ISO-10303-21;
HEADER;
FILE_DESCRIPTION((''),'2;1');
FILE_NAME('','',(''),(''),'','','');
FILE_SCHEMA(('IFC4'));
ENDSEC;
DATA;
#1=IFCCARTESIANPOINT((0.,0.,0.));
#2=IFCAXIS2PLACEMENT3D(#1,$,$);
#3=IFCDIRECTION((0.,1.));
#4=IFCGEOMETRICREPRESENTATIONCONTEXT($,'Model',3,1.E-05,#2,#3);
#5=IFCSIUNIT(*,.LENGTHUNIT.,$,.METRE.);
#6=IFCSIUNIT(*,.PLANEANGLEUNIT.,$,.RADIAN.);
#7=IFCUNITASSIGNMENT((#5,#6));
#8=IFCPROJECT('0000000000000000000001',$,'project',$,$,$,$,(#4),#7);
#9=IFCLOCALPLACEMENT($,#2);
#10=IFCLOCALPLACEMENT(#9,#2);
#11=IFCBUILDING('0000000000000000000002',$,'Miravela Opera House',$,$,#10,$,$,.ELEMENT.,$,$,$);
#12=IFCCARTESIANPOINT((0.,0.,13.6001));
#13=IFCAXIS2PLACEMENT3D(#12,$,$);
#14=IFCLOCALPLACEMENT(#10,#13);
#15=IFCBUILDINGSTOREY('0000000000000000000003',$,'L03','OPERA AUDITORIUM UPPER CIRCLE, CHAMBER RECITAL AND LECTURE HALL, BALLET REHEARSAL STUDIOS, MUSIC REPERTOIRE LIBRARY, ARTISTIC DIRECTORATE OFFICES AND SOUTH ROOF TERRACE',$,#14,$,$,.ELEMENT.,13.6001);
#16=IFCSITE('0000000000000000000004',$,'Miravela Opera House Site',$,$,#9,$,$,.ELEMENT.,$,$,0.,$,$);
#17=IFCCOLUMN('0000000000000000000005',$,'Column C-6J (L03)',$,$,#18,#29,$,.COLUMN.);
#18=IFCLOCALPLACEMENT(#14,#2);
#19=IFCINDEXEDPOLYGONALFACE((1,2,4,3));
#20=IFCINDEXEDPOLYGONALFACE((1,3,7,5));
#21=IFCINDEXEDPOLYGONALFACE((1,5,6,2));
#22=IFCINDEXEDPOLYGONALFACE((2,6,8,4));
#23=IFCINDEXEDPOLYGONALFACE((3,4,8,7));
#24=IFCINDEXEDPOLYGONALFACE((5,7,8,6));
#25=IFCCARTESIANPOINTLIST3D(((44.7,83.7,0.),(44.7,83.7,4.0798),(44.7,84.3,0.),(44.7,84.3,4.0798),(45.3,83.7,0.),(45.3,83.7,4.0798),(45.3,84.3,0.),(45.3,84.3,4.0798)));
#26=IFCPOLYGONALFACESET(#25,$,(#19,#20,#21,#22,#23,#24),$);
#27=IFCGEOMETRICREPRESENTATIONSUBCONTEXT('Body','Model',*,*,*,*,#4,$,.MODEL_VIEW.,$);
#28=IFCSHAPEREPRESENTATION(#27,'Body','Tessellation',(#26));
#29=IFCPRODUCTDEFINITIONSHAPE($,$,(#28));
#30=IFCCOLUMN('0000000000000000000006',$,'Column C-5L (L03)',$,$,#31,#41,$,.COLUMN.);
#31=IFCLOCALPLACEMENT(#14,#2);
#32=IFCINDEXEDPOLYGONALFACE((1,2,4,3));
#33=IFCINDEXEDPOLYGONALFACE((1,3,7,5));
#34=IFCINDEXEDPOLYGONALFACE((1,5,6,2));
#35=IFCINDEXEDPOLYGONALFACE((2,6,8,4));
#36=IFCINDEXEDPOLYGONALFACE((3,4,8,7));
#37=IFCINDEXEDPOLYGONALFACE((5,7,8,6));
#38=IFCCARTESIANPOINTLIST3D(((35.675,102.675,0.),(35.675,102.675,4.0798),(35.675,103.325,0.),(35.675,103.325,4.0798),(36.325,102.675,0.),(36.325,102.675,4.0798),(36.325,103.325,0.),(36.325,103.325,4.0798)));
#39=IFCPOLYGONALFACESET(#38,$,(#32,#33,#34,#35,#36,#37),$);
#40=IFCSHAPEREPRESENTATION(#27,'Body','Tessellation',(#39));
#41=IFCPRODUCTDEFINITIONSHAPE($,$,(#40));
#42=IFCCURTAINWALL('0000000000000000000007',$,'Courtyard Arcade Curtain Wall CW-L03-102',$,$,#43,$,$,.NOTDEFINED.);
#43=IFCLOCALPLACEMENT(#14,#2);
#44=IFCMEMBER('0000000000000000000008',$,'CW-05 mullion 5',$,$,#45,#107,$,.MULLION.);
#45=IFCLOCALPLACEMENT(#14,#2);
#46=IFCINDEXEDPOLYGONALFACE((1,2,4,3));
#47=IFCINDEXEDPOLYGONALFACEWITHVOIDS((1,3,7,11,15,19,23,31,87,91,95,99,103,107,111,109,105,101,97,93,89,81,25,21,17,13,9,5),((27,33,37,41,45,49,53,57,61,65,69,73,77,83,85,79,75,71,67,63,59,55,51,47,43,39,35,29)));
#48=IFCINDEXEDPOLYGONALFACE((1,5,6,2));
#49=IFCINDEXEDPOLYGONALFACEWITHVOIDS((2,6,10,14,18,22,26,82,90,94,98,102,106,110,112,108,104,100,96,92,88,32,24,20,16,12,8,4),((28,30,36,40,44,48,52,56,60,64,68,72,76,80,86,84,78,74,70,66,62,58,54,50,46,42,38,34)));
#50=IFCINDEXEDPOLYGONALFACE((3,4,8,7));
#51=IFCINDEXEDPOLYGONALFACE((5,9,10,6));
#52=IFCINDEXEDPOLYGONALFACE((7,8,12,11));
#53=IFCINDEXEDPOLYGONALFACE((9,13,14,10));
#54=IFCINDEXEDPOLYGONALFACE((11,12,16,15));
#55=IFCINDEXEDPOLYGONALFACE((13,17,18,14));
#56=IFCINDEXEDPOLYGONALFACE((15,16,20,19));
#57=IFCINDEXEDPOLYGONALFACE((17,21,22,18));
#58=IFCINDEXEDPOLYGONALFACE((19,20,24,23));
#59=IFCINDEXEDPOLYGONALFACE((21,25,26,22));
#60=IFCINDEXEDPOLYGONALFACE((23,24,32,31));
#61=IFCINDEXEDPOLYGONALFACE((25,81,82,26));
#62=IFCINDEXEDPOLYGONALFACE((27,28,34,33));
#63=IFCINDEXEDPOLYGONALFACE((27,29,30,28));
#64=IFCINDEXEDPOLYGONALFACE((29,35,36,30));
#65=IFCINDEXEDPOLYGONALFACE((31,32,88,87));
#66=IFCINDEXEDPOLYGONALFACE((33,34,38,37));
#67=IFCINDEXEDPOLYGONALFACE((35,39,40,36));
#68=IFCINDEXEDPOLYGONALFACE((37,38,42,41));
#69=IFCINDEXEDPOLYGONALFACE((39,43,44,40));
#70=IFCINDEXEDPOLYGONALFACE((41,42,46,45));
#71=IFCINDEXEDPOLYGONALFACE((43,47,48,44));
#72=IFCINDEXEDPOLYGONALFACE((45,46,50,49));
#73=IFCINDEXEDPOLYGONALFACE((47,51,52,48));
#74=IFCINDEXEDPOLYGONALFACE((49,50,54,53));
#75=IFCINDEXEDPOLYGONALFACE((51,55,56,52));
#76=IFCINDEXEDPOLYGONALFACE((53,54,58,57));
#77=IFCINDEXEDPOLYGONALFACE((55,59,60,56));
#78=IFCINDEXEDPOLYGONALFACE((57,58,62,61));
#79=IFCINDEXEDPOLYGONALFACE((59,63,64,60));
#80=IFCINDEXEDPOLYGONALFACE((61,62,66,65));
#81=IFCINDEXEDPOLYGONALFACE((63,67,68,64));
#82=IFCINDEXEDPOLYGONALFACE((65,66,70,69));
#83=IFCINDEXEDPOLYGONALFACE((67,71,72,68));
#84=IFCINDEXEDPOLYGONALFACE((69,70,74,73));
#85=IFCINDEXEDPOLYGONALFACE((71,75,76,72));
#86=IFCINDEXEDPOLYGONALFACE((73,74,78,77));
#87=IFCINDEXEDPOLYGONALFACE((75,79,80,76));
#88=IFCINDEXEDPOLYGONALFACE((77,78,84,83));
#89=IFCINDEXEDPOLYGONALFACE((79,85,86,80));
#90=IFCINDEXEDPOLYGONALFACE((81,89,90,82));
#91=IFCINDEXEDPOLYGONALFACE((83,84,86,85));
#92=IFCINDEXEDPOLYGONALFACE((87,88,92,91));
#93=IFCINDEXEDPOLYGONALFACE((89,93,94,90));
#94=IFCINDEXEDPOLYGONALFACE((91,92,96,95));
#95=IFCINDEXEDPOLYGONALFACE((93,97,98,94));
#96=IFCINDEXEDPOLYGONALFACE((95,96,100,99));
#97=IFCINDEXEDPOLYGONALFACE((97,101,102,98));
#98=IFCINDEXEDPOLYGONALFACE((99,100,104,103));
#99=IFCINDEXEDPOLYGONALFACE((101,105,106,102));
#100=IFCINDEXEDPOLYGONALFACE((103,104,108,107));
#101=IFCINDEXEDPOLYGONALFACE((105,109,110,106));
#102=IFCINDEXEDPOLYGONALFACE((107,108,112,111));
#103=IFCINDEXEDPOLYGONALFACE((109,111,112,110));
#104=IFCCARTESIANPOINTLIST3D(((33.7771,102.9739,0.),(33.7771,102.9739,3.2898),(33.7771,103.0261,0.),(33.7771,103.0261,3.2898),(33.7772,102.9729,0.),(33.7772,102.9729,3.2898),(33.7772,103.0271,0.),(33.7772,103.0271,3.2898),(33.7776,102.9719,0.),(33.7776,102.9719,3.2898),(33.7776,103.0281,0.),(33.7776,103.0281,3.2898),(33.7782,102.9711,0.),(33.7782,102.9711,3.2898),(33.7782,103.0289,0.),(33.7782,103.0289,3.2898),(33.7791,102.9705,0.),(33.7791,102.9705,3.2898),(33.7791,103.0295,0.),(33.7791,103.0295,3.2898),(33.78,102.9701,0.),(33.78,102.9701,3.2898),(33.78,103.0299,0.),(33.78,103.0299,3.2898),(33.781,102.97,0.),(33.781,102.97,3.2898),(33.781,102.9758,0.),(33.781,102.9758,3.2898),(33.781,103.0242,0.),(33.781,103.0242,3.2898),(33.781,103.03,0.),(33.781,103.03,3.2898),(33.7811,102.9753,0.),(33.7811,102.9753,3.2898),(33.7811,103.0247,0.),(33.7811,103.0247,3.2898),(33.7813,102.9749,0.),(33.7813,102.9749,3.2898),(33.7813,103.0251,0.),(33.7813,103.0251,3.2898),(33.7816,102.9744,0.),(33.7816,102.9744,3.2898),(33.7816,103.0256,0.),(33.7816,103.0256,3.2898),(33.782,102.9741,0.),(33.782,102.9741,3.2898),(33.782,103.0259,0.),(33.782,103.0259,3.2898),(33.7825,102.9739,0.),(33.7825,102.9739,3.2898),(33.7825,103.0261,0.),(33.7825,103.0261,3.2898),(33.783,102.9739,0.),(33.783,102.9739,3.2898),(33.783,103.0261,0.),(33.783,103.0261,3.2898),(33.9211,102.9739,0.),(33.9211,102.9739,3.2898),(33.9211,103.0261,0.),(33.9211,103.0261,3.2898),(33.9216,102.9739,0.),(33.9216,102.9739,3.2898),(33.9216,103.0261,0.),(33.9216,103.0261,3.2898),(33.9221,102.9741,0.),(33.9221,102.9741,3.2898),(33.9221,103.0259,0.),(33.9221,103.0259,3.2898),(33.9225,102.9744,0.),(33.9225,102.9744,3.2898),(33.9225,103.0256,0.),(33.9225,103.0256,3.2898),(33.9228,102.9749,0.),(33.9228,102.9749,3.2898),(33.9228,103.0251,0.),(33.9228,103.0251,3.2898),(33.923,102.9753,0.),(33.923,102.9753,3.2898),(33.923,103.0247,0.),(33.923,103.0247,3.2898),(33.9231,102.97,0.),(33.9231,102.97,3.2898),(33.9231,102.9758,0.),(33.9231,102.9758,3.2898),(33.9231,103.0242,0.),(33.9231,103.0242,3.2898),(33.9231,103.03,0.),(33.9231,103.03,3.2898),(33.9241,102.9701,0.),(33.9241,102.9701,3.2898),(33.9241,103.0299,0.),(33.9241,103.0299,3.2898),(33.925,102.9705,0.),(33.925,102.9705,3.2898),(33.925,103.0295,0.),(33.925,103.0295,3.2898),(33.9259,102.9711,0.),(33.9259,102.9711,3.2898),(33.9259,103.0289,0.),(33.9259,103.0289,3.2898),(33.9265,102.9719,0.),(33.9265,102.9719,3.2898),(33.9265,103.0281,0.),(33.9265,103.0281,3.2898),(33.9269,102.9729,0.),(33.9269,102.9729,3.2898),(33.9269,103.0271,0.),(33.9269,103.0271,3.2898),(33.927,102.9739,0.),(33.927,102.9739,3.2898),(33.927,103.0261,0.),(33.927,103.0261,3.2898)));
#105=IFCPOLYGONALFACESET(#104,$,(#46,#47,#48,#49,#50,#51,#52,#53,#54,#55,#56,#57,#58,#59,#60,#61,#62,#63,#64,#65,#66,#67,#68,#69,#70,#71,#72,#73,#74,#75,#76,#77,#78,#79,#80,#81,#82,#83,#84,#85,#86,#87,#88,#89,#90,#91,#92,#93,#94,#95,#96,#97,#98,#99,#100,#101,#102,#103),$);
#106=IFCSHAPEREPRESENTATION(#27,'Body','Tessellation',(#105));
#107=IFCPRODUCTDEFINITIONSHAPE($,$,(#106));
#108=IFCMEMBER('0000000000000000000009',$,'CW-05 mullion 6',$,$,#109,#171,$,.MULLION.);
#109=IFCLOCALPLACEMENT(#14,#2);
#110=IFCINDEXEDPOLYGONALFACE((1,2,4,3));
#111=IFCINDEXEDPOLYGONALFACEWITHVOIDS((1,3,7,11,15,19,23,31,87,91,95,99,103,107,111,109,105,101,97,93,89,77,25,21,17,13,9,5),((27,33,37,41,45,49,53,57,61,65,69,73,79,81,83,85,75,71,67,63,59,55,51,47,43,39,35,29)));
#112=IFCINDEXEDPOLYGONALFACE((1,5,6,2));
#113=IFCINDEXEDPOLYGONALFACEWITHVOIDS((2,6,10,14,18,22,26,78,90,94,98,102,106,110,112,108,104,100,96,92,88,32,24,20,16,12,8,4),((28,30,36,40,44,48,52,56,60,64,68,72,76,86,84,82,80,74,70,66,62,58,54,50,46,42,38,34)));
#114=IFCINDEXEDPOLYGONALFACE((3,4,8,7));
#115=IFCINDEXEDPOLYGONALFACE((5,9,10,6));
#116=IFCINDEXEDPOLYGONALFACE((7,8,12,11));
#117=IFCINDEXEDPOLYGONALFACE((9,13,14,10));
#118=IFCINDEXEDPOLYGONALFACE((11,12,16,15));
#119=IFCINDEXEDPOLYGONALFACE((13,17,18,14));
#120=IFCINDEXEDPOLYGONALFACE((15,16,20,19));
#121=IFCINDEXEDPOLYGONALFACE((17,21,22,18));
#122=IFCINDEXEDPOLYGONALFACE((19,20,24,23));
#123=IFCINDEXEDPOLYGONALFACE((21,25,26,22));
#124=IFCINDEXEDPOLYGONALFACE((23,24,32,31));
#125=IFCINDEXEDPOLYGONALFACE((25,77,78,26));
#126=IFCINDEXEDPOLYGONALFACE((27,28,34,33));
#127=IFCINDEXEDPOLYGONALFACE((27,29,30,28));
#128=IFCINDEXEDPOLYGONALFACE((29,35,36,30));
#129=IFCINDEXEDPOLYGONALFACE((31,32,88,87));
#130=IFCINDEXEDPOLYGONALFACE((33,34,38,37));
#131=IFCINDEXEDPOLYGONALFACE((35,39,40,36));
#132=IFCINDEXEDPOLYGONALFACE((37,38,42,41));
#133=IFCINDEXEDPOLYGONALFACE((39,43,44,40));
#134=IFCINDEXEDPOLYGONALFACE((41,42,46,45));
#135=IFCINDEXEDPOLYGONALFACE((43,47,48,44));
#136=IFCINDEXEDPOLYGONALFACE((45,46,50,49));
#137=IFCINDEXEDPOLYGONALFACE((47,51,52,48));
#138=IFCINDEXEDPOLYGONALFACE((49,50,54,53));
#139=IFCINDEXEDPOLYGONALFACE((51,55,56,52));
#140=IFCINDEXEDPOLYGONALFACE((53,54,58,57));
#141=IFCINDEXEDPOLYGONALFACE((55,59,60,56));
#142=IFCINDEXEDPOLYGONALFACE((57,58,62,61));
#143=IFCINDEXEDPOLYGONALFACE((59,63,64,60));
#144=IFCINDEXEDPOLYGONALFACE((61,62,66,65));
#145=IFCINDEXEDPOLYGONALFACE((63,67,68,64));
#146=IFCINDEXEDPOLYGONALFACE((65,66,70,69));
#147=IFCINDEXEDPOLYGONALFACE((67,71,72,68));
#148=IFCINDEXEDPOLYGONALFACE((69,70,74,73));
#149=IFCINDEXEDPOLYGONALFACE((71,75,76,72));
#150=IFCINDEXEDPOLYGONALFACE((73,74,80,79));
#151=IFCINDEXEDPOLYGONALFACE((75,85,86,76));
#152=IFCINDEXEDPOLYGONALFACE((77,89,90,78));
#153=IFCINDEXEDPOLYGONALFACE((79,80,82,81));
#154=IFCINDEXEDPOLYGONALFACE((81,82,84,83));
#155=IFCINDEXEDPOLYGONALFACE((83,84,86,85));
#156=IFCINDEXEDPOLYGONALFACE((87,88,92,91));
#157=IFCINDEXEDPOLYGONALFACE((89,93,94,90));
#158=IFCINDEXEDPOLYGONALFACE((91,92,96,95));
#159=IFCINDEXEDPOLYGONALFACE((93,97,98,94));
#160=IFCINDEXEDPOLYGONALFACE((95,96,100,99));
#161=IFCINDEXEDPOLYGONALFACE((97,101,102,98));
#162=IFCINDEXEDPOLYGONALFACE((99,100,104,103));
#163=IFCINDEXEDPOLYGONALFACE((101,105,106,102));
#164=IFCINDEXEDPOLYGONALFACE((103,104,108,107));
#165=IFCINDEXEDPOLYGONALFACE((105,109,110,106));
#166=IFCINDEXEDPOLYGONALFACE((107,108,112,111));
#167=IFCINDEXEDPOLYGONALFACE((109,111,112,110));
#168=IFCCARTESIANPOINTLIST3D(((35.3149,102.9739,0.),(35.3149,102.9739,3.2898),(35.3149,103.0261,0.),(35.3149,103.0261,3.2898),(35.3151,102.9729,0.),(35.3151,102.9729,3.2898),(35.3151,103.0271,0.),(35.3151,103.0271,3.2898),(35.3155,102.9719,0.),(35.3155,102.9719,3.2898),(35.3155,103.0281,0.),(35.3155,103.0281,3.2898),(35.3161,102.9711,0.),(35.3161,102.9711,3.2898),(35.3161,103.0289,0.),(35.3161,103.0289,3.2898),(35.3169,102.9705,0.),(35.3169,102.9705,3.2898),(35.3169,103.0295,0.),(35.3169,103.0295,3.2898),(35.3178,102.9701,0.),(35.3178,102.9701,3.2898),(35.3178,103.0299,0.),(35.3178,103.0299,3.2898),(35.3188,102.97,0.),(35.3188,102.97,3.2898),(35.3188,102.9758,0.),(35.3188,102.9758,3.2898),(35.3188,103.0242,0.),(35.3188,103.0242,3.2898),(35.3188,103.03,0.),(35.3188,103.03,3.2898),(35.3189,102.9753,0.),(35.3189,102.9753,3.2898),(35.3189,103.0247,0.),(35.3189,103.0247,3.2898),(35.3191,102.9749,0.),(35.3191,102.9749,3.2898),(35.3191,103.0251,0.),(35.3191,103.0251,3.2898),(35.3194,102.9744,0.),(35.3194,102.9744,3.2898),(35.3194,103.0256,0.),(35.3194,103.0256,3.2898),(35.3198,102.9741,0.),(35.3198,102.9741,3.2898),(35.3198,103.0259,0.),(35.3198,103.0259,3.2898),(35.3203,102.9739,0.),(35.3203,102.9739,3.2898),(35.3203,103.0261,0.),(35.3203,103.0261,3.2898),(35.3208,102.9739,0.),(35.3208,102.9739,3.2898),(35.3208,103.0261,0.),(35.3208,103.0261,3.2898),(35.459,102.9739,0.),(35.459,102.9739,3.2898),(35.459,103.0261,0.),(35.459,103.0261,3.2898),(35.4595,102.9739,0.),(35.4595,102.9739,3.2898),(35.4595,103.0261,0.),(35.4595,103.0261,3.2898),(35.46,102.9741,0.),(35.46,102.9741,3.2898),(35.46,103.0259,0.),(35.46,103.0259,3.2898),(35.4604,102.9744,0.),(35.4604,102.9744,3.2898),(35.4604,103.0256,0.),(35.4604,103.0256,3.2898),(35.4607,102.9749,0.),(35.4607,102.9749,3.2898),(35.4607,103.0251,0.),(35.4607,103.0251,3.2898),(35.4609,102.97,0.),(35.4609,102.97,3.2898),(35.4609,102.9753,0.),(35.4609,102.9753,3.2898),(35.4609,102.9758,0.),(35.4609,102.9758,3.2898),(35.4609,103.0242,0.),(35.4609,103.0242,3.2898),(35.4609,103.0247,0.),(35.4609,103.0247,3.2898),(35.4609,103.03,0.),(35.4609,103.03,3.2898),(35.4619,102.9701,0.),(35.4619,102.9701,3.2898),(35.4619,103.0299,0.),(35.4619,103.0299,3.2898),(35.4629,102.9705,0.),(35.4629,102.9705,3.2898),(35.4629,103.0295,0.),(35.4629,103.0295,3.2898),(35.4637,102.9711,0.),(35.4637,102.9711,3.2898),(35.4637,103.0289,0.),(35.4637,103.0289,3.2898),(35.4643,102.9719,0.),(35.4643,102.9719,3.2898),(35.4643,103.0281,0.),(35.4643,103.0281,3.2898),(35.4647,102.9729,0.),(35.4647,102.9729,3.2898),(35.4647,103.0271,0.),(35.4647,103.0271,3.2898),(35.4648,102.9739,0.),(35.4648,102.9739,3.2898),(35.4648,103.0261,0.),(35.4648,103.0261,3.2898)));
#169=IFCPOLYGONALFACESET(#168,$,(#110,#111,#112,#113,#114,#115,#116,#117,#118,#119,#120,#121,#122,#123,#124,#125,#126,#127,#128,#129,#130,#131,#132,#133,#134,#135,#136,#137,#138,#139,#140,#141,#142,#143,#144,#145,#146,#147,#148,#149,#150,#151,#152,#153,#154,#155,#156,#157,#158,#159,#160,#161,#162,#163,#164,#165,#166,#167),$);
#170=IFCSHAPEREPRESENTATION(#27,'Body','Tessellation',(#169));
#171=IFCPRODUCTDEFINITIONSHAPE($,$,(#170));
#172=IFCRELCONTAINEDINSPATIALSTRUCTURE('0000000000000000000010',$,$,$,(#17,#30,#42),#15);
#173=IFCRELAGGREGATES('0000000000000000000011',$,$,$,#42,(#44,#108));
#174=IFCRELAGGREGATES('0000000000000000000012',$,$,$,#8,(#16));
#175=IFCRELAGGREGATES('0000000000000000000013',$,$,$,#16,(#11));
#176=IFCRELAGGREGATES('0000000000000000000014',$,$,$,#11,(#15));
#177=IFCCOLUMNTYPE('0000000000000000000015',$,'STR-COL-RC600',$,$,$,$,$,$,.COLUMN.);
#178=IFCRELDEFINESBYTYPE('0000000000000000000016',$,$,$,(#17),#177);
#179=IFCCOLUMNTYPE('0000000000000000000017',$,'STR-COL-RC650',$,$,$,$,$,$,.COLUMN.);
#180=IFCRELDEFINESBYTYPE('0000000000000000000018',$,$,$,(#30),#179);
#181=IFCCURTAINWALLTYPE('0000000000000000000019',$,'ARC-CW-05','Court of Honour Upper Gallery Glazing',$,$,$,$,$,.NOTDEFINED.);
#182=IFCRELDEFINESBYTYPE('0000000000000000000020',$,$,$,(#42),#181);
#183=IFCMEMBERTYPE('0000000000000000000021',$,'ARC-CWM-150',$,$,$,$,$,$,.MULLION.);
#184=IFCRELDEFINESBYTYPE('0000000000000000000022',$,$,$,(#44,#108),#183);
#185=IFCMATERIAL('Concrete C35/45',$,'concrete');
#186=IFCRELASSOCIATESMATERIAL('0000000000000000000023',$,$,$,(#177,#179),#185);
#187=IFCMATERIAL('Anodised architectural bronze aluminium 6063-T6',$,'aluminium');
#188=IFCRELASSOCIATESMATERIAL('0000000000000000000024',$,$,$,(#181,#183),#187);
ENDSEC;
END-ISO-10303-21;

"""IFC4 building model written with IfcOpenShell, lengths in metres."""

from ifc_helpers import new_model, si_unit, direction, frame, origin, origin_2d, place, context, subcontext, project, spatial, rectangle, hollow_rectangle, extrude, material, material_profile, profile_set, type_object, element, aggregate, save


model = new_model("IFC4")

# Units and contexts
model_context = context("Model", 3, precision=1e-05, world=origin(), true_north=direction((0.0, 1.0)))
body_context = subcontext(model_context, "Body", "Model", "MODEL_VIEW")
ifc_project = project(units=[si_unit("LENGTHUNIT", "METRE"), si_unit("PLANEANGLEUNIT", "RADIAN")], contexts=[model_context])

# Site, building, storey
site_placement = place(None, origin())
site = spatial("IfcSite", under=ifc_project, at=site_placement, Name="Miravela Opera House Site", CompositionType="ELEMENT", RefElevation=0.0)
building_placement = place(site_placement, origin())
building = spatial("IfcBuilding", under=site, at=building_placement, Name="Miravela Opera House", CompositionType="ELEMENT")
storey_placement = place(building_placement, frame((0.0, 0.0, 13.6001)))
storey = spatial("IfcBuildingStorey", under=building, at=storey_placement, Name="L03", Description="OPERA AUDITORIUM UPPER CIRCLE, CHAMBER RECITAL AND LECTURE HALL, BALLET REHEARSAL STUDIOS, MUSIC REPERTOIRE LIBRARY, ARTISTIC DIRECTORATE OFFICES AND SOUTH ROOF TERRACE", CompositionType="ELEMENT", Elevation=13.6001)

# Columns
ifc_material_1 = material(Name="Concrete C35/45", Category="concrete")
ifc_material_profile_1 = material_profile(ifc_material_1, rectangle(XDim=0.6001, YDim=0.6001, at=origin_2d()), Name="RC-COL-600X600")
ifc_profile_set_1 = profile_set([ifc_material_profile_1])
column_type_1 = type_object("IfcColumnType", Name="STR-COL-RC600", PredefinedType="COLUMN", material=ifc_profile_set_1)
column_1_placement = place(storey_placement, frame((45.0, 84.0, 0.0), z_axis=(0.0, 0.0, 1.0), x_axis=(1.0, 0.0, 0.0)))
element("IfcColumn", 1, at=column_1_placement, inside=storey, type_object=column_type_1, Name="Column C-6J (L03)", PredefinedType="COLUMN", context=body_context, shape_type="SweptSolid", body=[
    extrude(rectangle(XDim=0.6001, YDim=0.6001, at=origin_2d()), origin(), (0.0, 0.0, 1.0), 4.0798),
])
ifc_material_profile_2 = material_profile(ifc_material_1, rectangle(XDim=0.6499, YDim=0.6499, at=origin_2d()), Name="RC-COL-650X650")
ifc_profile_set_2 = profile_set([ifc_material_profile_2])
column_type_2 = type_object("IfcColumnType", Name="STR-COL-RC650", PredefinedType="COLUMN", material=ifc_profile_set_2)
column_2_placement = place(storey_placement, frame((36.0, 103.0, 0.0), z_axis=(0.0, 0.0, 1.0), x_axis=(1.0, 0.0, 0.0)))
element("IfcColumn", 2, at=column_2_placement, inside=storey, type_object=column_type_2, Name="Column C-5L (L03)", PredefinedType="COLUMN", context=body_context, shape_type="SweptSolid", body=[
    extrude(rectangle(XDim=0.6499, YDim=0.6499, at=origin_2d()), origin(), (0.0, 0.0, 1.0), 4.0798),
])

# Curtain wall, members
ifc_material_2 = material(Name="Anodised architectural bronze aluminium 6063-T6", Category="aluminium")
curtain_wall_type = type_object("IfcCurtainWallType", Name="ARC-CW-05", Description="Court of Honour Upper Gallery Glazing", PredefinedType="NOTDEFINED", material=ifc_material_2)
curtain_wall_1_placement = place(storey_placement, origin())
curtain_wall_1 = element("IfcCurtainWall", 3, at=curtain_wall_1_placement, inside=storey, type_object=curtain_wall_type, Name="Courtyard Arcade Curtain Wall CW-L03-102", PredefinedType="NOTDEFINED")
ifc_material_profile_3 = material_profile(ifc_material_2, hollow_rectangle(XDim=0.0601, YDim=0.1499, WallThickness=0.0039, InnerFilletRadius=0.002, OuterFilletRadius=0.0039, at=origin_2d()), Name="CWM-60X150")
ifc_profile_set_3 = profile_set([ifc_material_profile_3])
member_type_1 = type_object("IfcMemberType", Name="ARC-CWM-150", PredefinedType="MULLION", material=ifc_profile_set_3)
member_1_placement = place(storey_placement, frame((33.8521, 103.0, 0.0), z_axis=(0.0, 0.0, 1.0), x_axis=(0.0, 1.0, 0.0)))
member_1 = element("IfcMember", 4, at=member_1_placement, type_object=member_type_1, Name="CW-05 mullion 5", PredefinedType="MULLION", context=body_context, shape_type="SweptSolid", body=[
    extrude(hollow_rectangle(XDim=0.0601, YDim=0.1499, WallThickness=0.0039, InnerFilletRadius=0.002, OuterFilletRadius=0.0039, at=origin_2d()), origin(), (0.0, 0.0, 1.0), 3.2898),
])
member_2_placement = place(storey_placement, frame((35.3899, 103.0, 0.0), z_axis=(0.0, 0.0, 1.0), x_axis=(0.0, 1.0, 0.0)))
member_2 = element("IfcMember", 5, at=member_2_placement, type_object=member_type_1, Name="CW-05 mullion 6", PredefinedType="MULLION", context=body_context, shape_type="SweptSolid", body=[
    extrude(hollow_rectangle(XDim=0.0601, YDim=0.1499, WallThickness=0.0039, InnerFilletRadius=0.002, OuterFilletRadius=0.0039, at=origin_2d()), origin(), (0.0, 0.0, 1.0), 3.2898),
])

aggregate(curtain_wall_1, [member_1, member_2])

save(model, "model.ifc")
